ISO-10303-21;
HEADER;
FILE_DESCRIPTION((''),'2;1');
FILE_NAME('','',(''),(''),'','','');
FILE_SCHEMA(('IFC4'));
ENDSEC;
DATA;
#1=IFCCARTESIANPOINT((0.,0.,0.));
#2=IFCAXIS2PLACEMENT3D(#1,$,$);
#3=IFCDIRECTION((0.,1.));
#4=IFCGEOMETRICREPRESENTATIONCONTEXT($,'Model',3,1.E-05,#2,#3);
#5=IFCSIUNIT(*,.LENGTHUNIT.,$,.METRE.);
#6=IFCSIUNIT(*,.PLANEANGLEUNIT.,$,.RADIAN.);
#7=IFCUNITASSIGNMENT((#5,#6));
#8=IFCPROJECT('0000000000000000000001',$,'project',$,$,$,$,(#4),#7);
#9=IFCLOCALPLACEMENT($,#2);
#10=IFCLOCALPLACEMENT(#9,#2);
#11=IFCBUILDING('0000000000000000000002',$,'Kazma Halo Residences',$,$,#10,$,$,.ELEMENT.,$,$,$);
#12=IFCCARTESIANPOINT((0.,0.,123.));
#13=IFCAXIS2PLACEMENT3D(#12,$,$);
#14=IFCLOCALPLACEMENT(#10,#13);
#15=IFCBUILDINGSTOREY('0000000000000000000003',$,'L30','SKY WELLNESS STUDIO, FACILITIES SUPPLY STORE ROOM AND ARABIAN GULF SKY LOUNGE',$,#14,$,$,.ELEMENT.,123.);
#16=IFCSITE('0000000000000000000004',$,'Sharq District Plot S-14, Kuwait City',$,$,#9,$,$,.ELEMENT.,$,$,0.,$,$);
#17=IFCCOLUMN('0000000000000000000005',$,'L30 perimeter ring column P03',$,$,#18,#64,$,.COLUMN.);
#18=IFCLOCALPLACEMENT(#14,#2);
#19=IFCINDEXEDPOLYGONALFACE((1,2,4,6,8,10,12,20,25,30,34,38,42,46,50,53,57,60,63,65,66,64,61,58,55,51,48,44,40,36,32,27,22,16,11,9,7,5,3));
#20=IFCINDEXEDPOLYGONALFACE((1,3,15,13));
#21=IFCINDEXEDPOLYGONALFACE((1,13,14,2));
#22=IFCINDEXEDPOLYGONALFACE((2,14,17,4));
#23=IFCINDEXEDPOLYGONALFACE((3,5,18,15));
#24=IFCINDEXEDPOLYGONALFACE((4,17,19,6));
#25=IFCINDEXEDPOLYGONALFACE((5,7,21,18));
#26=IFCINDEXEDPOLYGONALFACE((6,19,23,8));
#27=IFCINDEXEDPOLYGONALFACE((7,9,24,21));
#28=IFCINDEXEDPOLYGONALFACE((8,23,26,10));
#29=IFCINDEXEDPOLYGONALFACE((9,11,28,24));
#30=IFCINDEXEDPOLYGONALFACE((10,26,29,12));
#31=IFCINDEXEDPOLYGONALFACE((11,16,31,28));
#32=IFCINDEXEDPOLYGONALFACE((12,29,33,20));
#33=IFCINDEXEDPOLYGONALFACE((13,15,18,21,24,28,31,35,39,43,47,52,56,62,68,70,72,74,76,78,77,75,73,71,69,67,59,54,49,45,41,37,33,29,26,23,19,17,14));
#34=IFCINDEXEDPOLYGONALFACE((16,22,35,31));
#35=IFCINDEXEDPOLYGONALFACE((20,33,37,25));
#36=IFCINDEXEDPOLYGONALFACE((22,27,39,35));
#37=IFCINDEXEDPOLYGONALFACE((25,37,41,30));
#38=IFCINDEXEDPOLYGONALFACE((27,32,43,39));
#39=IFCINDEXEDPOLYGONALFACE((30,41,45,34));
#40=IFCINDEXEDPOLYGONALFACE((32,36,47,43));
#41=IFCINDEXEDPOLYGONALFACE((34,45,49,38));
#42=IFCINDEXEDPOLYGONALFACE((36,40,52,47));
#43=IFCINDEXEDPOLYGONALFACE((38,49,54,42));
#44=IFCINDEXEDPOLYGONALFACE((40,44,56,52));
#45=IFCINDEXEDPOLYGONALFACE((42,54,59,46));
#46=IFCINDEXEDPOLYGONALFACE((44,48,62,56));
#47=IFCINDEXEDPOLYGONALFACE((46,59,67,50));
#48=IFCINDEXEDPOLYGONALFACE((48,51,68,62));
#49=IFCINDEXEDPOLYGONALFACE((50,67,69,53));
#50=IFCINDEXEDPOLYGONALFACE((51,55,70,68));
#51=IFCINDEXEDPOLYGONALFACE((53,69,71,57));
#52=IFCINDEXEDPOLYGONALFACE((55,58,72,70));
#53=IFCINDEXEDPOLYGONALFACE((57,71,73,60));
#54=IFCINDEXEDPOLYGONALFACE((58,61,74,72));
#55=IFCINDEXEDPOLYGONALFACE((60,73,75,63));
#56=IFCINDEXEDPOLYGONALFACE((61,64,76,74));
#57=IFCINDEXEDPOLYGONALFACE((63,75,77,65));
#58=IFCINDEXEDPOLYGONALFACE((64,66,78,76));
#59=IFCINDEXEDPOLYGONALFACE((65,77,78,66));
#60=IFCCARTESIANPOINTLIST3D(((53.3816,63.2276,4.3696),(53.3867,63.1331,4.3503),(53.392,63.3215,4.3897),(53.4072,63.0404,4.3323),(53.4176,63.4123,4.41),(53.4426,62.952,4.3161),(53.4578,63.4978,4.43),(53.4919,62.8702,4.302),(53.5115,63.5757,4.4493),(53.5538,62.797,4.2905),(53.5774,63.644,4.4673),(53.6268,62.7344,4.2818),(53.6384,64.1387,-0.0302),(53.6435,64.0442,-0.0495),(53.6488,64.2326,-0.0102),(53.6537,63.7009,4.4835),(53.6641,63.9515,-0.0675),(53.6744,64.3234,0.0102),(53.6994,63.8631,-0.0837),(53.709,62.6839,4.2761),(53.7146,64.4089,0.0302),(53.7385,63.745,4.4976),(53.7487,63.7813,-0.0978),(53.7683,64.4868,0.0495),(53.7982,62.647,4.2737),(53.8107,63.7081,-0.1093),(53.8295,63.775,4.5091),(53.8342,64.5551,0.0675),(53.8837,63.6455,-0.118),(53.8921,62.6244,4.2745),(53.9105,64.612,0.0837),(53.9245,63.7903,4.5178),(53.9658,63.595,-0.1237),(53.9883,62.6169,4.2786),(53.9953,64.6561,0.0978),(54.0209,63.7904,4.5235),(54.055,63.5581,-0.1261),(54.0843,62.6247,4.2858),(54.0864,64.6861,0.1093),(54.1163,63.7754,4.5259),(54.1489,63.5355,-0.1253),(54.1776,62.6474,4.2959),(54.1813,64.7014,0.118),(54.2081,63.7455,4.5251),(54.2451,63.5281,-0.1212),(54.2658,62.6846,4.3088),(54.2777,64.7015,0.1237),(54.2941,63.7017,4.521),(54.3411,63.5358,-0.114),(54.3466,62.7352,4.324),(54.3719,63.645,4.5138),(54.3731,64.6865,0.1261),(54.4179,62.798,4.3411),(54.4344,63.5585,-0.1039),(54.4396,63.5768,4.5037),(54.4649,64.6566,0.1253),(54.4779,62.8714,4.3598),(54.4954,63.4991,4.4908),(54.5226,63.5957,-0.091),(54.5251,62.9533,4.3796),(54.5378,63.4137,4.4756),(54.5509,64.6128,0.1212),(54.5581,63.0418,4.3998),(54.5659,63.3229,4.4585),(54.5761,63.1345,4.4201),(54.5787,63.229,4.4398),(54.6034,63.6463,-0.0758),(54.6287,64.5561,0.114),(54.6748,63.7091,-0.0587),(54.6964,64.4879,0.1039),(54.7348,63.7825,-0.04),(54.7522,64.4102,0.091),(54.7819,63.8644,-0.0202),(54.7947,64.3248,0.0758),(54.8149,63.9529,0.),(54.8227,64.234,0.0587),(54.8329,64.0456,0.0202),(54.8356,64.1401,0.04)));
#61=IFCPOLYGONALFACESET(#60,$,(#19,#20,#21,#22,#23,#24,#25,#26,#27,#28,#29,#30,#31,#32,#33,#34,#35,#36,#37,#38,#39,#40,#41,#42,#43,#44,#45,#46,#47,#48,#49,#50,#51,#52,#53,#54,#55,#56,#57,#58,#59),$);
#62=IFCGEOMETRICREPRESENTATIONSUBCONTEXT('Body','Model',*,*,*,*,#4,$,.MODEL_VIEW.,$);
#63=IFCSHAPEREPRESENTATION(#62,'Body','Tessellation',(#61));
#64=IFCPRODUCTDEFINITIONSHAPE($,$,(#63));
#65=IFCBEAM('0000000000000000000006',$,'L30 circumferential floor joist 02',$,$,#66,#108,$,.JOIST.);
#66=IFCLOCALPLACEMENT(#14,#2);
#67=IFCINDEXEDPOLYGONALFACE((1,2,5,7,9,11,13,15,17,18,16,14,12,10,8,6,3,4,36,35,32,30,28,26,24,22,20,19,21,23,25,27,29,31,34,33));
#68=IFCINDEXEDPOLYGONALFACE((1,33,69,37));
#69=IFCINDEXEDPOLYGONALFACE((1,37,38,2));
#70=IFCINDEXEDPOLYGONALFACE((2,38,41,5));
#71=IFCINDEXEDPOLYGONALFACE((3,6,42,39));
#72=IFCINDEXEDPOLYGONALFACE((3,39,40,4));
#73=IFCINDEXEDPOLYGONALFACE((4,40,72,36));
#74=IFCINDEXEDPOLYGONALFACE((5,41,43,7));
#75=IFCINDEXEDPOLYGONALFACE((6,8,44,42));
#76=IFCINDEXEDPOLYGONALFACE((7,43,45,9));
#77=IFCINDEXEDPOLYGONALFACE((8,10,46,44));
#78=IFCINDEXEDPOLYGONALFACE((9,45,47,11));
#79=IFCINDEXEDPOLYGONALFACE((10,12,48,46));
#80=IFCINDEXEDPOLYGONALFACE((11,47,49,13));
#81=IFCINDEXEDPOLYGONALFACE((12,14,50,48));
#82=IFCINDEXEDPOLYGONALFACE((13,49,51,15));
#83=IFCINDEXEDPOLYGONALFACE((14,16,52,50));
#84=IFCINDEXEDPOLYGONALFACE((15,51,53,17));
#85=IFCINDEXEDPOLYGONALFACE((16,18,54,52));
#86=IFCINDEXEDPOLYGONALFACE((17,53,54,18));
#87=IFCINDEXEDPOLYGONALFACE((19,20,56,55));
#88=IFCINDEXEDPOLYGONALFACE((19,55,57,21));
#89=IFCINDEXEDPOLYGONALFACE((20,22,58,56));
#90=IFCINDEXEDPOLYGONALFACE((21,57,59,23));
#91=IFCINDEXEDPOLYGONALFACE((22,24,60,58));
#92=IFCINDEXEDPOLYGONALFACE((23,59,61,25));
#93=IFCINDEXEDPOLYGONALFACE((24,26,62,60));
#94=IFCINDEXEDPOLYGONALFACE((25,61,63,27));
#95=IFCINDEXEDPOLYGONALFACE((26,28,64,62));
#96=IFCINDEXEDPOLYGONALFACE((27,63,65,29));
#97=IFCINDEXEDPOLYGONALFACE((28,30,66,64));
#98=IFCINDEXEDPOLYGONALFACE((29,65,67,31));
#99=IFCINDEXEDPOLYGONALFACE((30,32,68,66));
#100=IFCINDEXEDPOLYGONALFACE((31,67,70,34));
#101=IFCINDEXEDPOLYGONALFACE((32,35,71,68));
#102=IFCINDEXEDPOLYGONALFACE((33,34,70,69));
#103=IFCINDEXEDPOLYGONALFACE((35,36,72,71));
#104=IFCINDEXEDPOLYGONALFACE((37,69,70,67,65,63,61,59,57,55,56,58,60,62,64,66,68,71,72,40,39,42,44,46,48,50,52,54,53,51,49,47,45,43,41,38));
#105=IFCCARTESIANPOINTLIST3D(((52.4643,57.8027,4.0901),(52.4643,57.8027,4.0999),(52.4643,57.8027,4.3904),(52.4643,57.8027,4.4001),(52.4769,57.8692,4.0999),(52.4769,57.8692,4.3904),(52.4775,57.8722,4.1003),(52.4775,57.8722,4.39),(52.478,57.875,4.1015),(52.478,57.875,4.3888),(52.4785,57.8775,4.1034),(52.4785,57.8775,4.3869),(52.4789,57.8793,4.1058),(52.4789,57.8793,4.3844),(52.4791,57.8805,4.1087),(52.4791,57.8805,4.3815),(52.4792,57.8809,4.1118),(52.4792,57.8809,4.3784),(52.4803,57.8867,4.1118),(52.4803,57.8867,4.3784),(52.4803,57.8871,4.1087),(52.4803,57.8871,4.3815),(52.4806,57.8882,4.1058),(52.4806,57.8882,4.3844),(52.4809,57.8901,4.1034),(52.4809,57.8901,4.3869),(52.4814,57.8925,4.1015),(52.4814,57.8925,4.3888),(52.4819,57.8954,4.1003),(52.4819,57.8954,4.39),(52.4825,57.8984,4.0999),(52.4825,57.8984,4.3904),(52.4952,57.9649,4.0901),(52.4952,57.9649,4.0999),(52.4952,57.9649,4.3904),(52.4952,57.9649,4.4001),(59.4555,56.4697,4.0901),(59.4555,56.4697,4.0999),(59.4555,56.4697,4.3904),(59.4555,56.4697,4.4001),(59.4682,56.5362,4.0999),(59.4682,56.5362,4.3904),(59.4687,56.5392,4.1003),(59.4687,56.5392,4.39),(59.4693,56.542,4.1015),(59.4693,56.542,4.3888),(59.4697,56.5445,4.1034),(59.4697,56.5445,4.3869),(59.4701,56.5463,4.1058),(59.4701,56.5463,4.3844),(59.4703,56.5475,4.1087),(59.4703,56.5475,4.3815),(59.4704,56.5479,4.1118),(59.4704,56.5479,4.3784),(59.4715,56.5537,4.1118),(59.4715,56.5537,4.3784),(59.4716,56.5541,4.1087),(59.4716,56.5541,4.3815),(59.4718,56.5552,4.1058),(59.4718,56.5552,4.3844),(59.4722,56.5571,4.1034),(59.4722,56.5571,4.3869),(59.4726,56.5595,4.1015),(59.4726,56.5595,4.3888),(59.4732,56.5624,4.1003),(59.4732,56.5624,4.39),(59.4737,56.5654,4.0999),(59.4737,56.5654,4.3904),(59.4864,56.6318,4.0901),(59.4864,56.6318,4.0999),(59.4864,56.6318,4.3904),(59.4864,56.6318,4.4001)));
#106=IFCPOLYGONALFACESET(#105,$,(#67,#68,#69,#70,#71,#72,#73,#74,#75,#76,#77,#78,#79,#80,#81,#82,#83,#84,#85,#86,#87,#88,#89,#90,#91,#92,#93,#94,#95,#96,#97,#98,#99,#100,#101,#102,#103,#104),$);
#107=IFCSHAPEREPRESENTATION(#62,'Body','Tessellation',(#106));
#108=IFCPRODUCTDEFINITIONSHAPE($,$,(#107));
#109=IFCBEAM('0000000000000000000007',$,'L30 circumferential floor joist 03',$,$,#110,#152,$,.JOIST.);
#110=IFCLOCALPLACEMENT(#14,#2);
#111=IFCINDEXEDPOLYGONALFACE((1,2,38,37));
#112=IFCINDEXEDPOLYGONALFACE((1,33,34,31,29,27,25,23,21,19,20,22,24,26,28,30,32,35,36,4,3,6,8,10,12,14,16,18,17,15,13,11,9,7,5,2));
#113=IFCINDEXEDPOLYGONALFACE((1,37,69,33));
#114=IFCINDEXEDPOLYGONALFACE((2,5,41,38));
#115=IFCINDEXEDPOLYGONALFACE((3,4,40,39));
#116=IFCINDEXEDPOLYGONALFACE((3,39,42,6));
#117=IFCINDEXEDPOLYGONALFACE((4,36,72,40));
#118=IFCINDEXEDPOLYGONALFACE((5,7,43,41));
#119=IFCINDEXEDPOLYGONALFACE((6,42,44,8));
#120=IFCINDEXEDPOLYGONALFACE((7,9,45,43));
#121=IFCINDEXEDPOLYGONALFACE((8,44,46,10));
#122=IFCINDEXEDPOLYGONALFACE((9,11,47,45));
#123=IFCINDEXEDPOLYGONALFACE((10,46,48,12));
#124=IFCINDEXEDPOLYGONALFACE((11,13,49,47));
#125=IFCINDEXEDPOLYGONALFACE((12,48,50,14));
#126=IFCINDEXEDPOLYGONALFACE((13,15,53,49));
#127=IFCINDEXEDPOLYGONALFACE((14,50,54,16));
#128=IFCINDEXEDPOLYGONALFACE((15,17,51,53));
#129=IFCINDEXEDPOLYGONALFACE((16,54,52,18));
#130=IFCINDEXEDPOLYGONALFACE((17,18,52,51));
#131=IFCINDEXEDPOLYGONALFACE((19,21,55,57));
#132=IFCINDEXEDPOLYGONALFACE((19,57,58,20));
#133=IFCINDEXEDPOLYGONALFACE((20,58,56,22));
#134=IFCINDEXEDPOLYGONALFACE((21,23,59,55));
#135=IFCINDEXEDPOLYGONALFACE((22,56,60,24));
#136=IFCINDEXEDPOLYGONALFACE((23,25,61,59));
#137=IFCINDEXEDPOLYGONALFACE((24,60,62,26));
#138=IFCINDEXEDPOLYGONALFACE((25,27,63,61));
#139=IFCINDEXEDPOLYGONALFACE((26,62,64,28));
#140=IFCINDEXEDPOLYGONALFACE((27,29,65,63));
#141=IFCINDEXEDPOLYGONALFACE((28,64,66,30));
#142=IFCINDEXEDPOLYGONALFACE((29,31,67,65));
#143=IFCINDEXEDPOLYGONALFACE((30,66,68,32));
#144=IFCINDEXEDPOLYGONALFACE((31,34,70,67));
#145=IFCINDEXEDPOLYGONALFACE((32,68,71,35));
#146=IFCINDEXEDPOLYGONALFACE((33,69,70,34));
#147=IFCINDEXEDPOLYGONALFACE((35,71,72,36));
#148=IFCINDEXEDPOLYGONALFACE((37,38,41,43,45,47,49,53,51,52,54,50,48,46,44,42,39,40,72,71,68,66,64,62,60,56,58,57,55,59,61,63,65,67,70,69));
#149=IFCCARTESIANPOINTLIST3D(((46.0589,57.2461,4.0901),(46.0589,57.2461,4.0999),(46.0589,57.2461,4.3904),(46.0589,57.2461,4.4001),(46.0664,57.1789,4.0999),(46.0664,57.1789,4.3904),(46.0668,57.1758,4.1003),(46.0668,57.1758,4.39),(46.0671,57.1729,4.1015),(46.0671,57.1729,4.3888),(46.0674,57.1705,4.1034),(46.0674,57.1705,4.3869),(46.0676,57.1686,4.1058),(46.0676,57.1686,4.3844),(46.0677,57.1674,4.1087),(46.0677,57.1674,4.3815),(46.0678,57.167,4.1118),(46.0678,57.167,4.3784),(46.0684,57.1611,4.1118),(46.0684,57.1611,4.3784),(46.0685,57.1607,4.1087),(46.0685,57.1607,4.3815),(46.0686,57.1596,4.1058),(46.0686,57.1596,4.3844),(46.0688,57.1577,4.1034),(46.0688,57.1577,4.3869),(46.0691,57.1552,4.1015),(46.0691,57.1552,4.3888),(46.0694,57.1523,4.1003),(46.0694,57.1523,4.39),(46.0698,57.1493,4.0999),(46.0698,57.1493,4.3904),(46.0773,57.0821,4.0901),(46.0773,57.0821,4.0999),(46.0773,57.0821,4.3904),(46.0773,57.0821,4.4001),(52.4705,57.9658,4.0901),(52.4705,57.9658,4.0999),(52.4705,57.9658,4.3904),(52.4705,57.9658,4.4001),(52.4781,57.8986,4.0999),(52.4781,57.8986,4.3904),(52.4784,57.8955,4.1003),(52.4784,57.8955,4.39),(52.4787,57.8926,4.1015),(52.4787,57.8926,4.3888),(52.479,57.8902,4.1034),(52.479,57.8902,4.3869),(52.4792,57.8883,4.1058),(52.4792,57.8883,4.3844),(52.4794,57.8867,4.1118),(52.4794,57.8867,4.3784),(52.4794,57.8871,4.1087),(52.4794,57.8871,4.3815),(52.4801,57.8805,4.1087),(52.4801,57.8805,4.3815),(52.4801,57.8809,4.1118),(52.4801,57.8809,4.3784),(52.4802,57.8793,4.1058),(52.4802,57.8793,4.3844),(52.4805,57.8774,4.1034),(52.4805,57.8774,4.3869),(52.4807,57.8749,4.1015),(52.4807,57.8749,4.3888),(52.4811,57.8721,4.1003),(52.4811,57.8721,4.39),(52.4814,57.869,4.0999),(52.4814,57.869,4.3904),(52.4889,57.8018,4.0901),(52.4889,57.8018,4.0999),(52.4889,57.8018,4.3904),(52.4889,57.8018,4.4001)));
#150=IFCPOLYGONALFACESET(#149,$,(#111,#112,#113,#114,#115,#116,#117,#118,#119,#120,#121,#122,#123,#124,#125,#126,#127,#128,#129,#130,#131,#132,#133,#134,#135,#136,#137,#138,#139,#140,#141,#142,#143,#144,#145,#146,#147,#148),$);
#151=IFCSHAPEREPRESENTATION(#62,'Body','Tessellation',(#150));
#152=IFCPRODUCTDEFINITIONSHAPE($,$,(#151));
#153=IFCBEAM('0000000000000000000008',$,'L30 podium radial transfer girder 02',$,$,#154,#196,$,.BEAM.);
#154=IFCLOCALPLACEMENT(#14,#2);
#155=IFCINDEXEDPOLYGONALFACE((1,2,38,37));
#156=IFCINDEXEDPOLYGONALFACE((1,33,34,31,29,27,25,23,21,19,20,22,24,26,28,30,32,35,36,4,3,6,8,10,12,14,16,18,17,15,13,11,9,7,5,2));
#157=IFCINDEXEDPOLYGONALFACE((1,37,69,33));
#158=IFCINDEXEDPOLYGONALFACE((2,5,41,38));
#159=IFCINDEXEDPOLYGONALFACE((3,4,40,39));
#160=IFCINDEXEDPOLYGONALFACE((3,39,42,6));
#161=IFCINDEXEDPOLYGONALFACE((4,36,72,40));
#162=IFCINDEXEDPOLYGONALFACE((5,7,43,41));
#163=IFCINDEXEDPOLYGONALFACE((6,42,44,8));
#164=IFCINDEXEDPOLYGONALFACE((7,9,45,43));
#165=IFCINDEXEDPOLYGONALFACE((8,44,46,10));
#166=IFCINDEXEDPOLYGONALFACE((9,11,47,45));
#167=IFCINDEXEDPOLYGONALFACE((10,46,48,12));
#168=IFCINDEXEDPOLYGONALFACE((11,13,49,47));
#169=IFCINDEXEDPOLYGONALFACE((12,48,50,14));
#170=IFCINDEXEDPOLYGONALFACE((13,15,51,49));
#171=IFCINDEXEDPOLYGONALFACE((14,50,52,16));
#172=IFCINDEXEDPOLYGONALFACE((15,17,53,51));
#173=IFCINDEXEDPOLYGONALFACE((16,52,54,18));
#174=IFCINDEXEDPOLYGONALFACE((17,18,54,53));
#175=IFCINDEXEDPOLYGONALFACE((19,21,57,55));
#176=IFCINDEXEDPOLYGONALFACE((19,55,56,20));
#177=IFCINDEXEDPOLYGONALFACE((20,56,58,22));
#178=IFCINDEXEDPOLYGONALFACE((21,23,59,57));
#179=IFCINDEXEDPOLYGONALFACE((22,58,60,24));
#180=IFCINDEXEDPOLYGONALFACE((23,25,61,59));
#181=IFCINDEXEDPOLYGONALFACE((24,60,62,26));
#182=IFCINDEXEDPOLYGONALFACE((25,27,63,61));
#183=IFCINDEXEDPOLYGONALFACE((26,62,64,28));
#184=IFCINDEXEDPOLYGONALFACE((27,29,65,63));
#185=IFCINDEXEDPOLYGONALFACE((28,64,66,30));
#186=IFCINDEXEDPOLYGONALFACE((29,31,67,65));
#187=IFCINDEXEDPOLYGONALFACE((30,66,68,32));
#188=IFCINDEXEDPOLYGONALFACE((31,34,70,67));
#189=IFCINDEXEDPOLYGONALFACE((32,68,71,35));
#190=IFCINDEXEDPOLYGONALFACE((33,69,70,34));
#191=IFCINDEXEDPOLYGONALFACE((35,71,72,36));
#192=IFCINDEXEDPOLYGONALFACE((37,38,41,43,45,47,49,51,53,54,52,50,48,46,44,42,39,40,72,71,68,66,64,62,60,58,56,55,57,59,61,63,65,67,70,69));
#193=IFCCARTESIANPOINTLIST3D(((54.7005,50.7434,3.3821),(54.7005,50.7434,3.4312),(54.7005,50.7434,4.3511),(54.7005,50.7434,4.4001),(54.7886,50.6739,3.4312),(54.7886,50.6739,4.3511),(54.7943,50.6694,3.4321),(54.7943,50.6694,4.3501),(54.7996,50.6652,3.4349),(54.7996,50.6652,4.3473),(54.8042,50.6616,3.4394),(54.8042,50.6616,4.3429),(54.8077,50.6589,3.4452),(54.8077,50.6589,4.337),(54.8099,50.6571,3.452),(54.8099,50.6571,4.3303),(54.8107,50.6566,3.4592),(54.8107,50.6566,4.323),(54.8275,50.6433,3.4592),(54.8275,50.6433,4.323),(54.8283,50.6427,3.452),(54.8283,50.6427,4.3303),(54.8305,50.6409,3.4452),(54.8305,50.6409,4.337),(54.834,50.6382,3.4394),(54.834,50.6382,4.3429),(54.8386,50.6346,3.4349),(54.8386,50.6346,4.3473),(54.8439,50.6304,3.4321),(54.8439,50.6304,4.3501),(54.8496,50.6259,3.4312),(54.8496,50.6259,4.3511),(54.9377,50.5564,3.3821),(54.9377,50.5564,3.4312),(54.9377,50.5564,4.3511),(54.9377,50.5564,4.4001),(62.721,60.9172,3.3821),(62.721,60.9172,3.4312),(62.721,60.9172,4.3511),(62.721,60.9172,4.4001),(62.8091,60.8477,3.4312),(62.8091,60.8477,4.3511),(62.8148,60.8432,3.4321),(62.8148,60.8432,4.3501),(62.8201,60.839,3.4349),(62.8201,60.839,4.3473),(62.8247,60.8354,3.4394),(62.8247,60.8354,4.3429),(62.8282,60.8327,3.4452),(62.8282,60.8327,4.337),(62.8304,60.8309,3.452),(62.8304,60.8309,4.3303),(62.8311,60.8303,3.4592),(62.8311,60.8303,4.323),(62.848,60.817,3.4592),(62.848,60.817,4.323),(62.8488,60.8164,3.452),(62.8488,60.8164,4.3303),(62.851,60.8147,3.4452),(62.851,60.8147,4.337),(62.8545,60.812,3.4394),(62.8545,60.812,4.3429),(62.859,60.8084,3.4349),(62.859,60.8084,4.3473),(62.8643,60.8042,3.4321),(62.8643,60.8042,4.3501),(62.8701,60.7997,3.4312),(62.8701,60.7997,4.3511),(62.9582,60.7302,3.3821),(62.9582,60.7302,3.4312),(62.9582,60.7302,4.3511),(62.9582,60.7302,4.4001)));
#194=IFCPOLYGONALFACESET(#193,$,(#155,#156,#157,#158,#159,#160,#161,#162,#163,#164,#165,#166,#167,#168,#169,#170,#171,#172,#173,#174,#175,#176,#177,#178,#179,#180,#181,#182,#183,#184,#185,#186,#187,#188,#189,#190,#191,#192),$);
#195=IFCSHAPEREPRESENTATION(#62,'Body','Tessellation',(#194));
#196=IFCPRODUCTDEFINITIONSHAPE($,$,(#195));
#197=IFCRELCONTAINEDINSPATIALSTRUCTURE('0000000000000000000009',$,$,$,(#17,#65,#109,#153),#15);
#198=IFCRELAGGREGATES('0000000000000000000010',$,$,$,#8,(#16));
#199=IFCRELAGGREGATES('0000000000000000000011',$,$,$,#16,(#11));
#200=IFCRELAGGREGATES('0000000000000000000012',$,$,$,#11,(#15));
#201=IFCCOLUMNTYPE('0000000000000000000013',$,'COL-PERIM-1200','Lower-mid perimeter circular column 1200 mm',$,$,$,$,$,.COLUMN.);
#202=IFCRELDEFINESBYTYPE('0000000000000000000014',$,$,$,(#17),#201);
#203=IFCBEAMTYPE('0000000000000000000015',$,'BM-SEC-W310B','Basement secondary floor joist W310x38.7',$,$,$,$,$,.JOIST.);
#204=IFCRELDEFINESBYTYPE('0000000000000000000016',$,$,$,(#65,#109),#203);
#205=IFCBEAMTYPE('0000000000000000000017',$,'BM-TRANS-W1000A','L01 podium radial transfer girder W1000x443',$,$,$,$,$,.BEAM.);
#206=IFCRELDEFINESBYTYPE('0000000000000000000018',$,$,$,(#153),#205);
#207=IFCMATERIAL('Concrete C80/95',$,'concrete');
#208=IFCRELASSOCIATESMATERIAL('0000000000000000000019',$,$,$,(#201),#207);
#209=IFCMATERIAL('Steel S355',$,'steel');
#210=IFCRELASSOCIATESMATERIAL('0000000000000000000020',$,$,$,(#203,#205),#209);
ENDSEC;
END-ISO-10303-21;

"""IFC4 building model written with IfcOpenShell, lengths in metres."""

from ifc_helpers import new_model, si_unit, direction, frame, origin, origin_2d, place, context, subcontext, project, spatial, circle, i_section, extrude, material, material_profile, profile_set, type_object, element, save


model = new_model("IFC4")

# Units and contexts
model_context = context("Model", 3, precision=1e-05, world=origin(), true_north=direction((0.0, 1.0)))
body_context = subcontext(model_context, "Body", "Model", "MODEL_VIEW")
ifc_project = project(units=[si_unit("LENGTHUNIT", "METRE"), si_unit("PLANEANGLEUNIT", "RADIAN")], contexts=[model_context])

# Site, building, storey
site_placement = place(None, origin())
site = spatial("IfcSite", under=ifc_project, at=site_placement, Name="Sharq District Plot S-14, Kuwait City", CompositionType="ELEMENT", RefElevation=0.0)
building_placement = place(site_placement, origin())
building = spatial("IfcBuilding", under=site, at=building_placement, Name="Kazma Halo Residences", CompositionType="ELEMENT")
storey_placement = place(building_placement, frame((0.0, 0.0, 123.0)))
storey = spatial("IfcBuildingStorey", under=building, at=storey_placement, Name="L30", Description="SKY WELLNESS STUDIO, FACILITIES SUPPLY STORE ROOM AND ARABIAN GULF SKY LOUNGE", CompositionType="ELEMENT", Elevation=123.0)

# Column
ifc_material_1 = material(Name="Concrete C80/95", Category="concrete")
ifc_material_profile_1 = material_profile(ifc_material_1, circle(Radius=0.6001, at=origin_2d()), Name="CIRC1200")
ifc_profile_set_1 = profile_set([ifc_material_profile_1], Name="Concrete C80/95")
column_type = type_object("IfcColumnType", Name="COL-PERIM-1200", Description="Lower-mid perimeter circular column 1200 mm", PredefinedType="COLUMN", material=ifc_profile_set_1)
column_placement = place(storey_placement, frame((54.2373, 64.1157, 0.0), z_axis=(-0.057067, -0.202448, 0.977629), x_axis=(0.962491, -0.271313, 0.0)))
element("IfcColumn", 1, at=column_placement, inside=storey, type_object=column_type, Name="L30 perimeter ring column P03", PredefinedType="COLUMN", context=body_context, shape_type="SweptSolid", body=[
    extrude(circle(Radius=0.6001, at=origin_2d()), origin(), (0.0, 0.0, 1.0), 4.5005),
])

# Beams
ifc_material_2 = material(Name="Steel S355", Category="steel")
ifc_material_profile_2 = material_profile(ifc_material_2, i_section(OverallWidth=0.165, OverallDepth=0.3101, WebThickness=0.0059, FlangeThickness=0.0098, FilletRadius=0.012, at=origin_2d()), Name="W310x38.7")
ifc_profile_set_2 = profile_set([ifc_material_profile_2], Name="Steel S355")
beam_type_1 = type_object("IfcBeamType", Name="BM-SEC-W310B", Description="Basement secondary floor joist W310x38.7", PredefinedType="JOIST", material=ifc_profile_set_2)
beam_1_placement = place(storey_placement, frame((59.4709, 56.5508, 4.2451), z_axis=(-0.982304, 0.187295, 0.0), x_axis=(-0.187295, -0.982304, 0.0)))
element("IfcBeam", 2, at=beam_1_placement, inside=storey, type_object=beam_type_1, Name="L30 circumferential floor joist 02", PredefinedType="JOIST", context=body_context, shape_type="SweptSolid", body=[
    extrude(i_section(OverallWidth=0.165, OverallDepth=0.3101, WebThickness=0.0059, FlangeThickness=0.0098, FilletRadius=0.012, at=origin_2d()), origin(), (0.0, 0.0, 1.0), 7.1172),
])
beam_2_placement = place(storey_placement, frame((52.4797, 57.8838, 4.2451), z_axis=(-0.993759, -0.111553, 0.0), x_axis=(0.111553, -0.993759, 0.0)))
element("IfcBeam", 3, at=beam_2_placement, inside=storey, type_object=beam_type_1, Name="L30 circumferential floor joist 03", PredefinedType="JOIST", context=body_context, shape_type="SweptSolid", body=[
    extrude(i_section(OverallWidth=0.165, OverallDepth=0.3101, WebThickness=0.0059, FlangeThickness=0.0098, FilletRadius=0.012, at=origin_2d()), origin(), (0.0, 0.0, 1.0), 6.4519),
])
ifc_material_profile_3 = material_profile(ifc_material_2, i_section(OverallWidth=0.302, OverallDepth=1.0181, WebThickness=0.0215, FlangeThickness=0.0491, FilletRadius=0.0281, at=origin_2d()), Name="W1000x443")
ifc_profile_set_3 = profile_set([ifc_material_profile_3], Name="Steel S355")
beam_type_2 = type_object("IfcBeamType", Name="BM-TRANS-W1000A", Description="L01 podium radial transfer girder W1000x443", PredefinedType="BEAM", material=ifc_profile_set_3)
beam_3_placement = place(storey_placement, frame((54.8191, 50.6499, 3.8911), z_axis=(0.619099, 0.785313, 0.0), x_axis=(-0.785313, 0.619099, 0.0)))
element("IfcBeam", 4, at=beam_3_placement, inside=storey, type_object=beam_type_2, Name="L30 podium radial transfer girder 02", PredefinedType="BEAM", context=body_context, shape_type="SweptSolid", body=[
    extrude(i_section(OverallWidth=0.302, OverallDepth=1.0181, WebThickness=0.0215, FlangeThickness=0.0491, FilletRadius=0.0281, at=origin_2d()), origin(), (0.0, 0.0, 1.0), 12.9551),
])

save(model, "model.ifc")
